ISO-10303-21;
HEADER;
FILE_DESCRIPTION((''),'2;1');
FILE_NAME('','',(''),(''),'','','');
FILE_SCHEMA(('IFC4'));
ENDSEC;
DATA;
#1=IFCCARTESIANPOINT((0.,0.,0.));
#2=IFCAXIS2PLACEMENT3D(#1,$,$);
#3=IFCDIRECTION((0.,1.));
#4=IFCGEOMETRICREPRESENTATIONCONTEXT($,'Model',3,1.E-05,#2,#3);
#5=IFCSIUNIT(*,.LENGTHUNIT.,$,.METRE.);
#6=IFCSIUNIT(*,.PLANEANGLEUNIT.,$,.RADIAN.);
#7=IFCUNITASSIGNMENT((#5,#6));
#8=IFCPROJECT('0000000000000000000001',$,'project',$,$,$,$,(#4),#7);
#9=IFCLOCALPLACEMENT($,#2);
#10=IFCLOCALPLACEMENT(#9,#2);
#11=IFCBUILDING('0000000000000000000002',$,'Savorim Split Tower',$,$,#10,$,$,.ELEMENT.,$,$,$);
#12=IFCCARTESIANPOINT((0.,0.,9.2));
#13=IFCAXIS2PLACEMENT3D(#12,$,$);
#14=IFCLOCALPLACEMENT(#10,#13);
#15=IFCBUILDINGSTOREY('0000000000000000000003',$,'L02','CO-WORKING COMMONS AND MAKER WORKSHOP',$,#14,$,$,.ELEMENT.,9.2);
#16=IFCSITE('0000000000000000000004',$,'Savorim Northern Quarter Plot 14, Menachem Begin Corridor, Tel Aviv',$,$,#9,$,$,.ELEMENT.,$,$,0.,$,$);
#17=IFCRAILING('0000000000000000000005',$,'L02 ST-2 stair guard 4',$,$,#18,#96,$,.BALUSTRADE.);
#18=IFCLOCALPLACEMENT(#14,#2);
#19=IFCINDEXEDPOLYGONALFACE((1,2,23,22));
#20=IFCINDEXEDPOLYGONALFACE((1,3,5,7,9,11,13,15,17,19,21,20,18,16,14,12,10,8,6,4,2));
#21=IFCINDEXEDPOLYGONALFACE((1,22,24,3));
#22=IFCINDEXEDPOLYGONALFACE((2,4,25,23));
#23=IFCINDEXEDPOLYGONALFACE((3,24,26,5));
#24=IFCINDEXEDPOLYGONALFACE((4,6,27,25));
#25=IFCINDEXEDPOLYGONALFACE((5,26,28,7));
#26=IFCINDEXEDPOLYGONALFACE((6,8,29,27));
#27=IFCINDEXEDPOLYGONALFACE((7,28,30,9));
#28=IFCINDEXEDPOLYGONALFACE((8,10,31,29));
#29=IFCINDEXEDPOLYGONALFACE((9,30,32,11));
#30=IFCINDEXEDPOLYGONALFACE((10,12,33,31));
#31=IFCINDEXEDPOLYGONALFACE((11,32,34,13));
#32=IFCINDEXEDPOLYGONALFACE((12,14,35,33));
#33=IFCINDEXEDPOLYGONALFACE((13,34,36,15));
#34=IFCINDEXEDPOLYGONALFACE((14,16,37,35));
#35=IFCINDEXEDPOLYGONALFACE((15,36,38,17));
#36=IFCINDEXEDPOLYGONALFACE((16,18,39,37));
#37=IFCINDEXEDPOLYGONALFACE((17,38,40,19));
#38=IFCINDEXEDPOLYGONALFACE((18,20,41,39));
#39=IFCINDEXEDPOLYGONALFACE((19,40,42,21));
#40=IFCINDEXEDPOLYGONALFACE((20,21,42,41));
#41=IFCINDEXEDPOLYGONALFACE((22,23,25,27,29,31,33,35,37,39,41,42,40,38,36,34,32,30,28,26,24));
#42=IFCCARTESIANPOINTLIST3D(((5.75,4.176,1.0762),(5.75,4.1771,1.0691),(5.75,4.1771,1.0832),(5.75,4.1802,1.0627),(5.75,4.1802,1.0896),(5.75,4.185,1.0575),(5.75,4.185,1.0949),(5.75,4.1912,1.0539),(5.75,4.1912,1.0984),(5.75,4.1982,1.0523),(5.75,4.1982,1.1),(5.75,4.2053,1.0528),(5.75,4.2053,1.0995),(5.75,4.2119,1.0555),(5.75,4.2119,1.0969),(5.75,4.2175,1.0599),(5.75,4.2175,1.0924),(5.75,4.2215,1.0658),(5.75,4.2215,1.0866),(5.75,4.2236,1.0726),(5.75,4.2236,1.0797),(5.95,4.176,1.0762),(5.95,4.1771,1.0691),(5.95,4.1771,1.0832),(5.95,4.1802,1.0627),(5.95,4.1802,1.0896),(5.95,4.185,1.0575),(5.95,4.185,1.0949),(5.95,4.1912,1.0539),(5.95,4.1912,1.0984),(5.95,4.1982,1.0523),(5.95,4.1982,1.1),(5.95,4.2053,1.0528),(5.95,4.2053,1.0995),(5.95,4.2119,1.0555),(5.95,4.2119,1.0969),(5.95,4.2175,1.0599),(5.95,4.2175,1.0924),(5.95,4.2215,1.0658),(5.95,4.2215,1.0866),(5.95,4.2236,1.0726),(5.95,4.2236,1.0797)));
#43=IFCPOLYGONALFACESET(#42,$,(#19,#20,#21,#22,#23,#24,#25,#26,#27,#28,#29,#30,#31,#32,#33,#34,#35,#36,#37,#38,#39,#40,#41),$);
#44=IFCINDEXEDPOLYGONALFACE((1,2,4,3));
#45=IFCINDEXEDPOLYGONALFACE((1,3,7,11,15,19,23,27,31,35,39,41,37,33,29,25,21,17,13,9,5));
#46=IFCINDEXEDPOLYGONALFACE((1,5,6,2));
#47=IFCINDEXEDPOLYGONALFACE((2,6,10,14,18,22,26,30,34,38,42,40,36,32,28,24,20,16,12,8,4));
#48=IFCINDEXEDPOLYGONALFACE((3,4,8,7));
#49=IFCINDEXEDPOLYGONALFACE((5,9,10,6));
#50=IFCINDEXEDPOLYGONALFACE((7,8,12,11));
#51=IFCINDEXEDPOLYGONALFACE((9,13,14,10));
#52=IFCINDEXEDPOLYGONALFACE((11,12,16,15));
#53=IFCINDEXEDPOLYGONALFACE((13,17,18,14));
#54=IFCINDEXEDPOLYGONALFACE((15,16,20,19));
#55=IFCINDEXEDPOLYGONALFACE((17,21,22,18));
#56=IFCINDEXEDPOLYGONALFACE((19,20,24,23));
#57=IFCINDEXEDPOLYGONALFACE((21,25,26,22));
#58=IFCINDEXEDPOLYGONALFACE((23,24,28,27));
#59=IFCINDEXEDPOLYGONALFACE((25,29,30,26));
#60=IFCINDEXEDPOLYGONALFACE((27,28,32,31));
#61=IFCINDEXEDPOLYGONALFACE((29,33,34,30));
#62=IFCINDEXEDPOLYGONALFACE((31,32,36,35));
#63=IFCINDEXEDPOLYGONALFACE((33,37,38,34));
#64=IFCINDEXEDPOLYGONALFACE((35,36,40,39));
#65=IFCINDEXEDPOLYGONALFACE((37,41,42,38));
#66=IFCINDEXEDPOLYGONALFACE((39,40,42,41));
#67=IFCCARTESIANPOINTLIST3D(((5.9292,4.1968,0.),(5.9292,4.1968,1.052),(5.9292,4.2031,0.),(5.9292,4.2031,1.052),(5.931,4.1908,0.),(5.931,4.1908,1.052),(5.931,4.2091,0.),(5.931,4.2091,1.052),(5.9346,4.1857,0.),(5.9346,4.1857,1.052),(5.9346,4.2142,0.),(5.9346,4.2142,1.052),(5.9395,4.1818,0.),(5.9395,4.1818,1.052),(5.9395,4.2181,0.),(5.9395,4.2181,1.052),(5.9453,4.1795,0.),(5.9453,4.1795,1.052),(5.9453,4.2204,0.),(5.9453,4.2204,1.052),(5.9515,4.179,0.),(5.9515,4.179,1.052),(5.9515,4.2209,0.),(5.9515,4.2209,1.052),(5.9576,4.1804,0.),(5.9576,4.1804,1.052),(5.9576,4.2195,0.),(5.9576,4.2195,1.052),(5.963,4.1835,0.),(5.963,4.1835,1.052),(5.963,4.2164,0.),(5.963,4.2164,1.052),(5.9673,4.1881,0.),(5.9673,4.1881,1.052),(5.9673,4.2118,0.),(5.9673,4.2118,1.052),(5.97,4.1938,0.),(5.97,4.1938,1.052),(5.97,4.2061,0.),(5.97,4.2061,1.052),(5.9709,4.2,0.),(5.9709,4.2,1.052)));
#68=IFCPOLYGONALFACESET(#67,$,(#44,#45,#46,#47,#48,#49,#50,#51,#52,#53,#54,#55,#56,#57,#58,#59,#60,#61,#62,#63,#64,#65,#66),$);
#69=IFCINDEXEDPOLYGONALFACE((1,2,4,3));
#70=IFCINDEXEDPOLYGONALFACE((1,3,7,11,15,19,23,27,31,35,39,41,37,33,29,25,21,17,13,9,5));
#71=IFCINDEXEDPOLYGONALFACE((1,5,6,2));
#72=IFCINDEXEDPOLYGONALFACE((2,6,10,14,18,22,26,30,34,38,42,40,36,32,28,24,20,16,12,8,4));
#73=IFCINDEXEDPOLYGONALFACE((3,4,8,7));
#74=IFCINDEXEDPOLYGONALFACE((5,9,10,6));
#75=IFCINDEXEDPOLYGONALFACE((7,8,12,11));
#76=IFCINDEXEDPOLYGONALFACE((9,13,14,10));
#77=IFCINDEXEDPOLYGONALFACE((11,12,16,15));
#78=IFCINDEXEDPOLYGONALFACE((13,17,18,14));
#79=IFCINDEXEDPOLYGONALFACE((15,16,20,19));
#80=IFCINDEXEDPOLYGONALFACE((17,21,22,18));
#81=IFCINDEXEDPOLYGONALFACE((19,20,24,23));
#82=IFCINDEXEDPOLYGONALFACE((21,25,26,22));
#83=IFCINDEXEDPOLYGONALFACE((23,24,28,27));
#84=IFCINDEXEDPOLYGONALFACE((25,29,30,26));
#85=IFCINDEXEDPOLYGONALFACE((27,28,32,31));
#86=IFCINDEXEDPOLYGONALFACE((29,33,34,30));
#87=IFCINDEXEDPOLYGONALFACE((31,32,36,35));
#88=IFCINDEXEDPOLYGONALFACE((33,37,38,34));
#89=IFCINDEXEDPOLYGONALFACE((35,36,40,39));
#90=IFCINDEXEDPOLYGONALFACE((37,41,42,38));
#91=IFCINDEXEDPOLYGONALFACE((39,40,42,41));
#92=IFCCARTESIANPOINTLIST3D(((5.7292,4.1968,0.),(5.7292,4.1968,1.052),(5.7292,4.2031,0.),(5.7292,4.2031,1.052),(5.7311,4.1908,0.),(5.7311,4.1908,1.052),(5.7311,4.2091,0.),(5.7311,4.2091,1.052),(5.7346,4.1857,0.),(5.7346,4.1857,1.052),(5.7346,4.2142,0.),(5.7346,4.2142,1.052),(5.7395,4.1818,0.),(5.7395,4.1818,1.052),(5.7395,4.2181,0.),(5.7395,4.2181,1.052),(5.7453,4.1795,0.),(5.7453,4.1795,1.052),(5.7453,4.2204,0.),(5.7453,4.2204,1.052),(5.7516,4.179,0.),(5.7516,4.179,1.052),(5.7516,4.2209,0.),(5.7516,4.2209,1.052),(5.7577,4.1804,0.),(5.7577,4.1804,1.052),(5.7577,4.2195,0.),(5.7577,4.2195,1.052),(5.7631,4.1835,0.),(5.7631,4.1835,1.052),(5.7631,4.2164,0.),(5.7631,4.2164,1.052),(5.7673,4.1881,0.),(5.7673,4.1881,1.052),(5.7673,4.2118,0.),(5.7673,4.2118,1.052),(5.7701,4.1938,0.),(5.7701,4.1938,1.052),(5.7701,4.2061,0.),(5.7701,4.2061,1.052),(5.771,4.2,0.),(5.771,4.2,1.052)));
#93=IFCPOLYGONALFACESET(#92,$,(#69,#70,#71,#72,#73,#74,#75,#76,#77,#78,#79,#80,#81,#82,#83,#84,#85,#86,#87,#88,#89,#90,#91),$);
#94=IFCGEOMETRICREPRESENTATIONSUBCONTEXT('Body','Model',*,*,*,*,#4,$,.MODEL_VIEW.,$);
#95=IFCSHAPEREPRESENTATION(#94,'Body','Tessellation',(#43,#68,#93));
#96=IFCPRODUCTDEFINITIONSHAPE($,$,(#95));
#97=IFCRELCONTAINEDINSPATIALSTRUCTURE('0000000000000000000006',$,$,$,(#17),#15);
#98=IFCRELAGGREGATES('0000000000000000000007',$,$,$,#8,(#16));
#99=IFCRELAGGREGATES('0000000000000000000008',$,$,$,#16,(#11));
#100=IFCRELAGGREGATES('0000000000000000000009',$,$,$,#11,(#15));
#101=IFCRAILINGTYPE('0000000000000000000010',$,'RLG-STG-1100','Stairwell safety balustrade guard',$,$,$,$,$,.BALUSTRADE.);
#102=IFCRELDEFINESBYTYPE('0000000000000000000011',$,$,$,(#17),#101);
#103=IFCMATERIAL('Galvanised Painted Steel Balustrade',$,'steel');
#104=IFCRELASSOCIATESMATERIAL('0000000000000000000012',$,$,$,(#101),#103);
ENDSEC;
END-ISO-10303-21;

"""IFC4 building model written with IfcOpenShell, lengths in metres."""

from ifc_helpers import new_model, si_unit, direction, frame, origin, origin_2d, place, context, subcontext, project, spatial, circle, extrude, material, type_object, element, save


model = new_model("IFC4")

# Units and contexts
model_context = context("Model", 3, precision=1e-05, world=origin(), true_north=direction((0.0, 1.0)))
body_context = subcontext(model_context, "Body", "Model", "MODEL_VIEW")
ifc_project = project(units=[si_unit("LENGTHUNIT", "METRE"), si_unit("PLANEANGLEUNIT", "RADIAN")], contexts=[model_context])

# Site, building, storey
site_placement = place(None, origin())
site = spatial("IfcSite", under=ifc_project, at=site_placement, Name="Savorim Northern Quarter Plot 14, Menachem Begin Corridor, Tel Aviv", CompositionType="ELEMENT", RefElevation=0.0)
building_placement = place(site_placement, origin())
building = spatial("IfcBuilding", under=site, at=building_placement, Name="Savorim Split Tower", CompositionType="ELEMENT")
storey_placement = place(building_placement, frame((0.0, 0.0, 9.2)))
storey = spatial("IfcBuildingStorey", under=building, at=storey_placement, Name="L02", Description="CO-WORKING COMMONS AND MAKER WORKSHOP", CompositionType="ELEMENT", Elevation=9.2)

# Railing
ifc_material_1 = material(Name="Galvanised Painted Steel Balustrade", Category="steel")
railing_type = type_object("IfcRailingType", Name="RLG-STG-1100", Description="Stairwell safety balustrade guard", PredefinedType="BALUSTRADE", material=ifc_material_1)
railing_1_placement = place(storey_placement, frame((5.95, 4.2, 0.0)))
element("IfcRailing", 1, at=railing_1_placement, inside=storey, type_object=railing_type, Name="L02 ST-2 stair guard 4", PredefinedType="BALUSTRADE", context=body_context, shape_type="SweptSolid", body=[
    extrude(circle(Radius=0.0239, at=origin_2d()), frame((0.0, 0.0, 1.0762), z_axis=(-1.0, 0.0, 0.0), x_axis=(0.0, -1.0, 0.0)), (0.0, 0.0, 1.0), 0.2),
    extrude(circle(Radius=0.021, at=origin_2d()), origin(), (0.0, 0.0, 1.0), 1.052),
    extrude(circle(Radius=0.021, at=origin_2d()), frame((-0.2, 0.0, 0.0)), (0.0, 0.0, 1.0), 1.052),
])

save(model, "model.ifc")
